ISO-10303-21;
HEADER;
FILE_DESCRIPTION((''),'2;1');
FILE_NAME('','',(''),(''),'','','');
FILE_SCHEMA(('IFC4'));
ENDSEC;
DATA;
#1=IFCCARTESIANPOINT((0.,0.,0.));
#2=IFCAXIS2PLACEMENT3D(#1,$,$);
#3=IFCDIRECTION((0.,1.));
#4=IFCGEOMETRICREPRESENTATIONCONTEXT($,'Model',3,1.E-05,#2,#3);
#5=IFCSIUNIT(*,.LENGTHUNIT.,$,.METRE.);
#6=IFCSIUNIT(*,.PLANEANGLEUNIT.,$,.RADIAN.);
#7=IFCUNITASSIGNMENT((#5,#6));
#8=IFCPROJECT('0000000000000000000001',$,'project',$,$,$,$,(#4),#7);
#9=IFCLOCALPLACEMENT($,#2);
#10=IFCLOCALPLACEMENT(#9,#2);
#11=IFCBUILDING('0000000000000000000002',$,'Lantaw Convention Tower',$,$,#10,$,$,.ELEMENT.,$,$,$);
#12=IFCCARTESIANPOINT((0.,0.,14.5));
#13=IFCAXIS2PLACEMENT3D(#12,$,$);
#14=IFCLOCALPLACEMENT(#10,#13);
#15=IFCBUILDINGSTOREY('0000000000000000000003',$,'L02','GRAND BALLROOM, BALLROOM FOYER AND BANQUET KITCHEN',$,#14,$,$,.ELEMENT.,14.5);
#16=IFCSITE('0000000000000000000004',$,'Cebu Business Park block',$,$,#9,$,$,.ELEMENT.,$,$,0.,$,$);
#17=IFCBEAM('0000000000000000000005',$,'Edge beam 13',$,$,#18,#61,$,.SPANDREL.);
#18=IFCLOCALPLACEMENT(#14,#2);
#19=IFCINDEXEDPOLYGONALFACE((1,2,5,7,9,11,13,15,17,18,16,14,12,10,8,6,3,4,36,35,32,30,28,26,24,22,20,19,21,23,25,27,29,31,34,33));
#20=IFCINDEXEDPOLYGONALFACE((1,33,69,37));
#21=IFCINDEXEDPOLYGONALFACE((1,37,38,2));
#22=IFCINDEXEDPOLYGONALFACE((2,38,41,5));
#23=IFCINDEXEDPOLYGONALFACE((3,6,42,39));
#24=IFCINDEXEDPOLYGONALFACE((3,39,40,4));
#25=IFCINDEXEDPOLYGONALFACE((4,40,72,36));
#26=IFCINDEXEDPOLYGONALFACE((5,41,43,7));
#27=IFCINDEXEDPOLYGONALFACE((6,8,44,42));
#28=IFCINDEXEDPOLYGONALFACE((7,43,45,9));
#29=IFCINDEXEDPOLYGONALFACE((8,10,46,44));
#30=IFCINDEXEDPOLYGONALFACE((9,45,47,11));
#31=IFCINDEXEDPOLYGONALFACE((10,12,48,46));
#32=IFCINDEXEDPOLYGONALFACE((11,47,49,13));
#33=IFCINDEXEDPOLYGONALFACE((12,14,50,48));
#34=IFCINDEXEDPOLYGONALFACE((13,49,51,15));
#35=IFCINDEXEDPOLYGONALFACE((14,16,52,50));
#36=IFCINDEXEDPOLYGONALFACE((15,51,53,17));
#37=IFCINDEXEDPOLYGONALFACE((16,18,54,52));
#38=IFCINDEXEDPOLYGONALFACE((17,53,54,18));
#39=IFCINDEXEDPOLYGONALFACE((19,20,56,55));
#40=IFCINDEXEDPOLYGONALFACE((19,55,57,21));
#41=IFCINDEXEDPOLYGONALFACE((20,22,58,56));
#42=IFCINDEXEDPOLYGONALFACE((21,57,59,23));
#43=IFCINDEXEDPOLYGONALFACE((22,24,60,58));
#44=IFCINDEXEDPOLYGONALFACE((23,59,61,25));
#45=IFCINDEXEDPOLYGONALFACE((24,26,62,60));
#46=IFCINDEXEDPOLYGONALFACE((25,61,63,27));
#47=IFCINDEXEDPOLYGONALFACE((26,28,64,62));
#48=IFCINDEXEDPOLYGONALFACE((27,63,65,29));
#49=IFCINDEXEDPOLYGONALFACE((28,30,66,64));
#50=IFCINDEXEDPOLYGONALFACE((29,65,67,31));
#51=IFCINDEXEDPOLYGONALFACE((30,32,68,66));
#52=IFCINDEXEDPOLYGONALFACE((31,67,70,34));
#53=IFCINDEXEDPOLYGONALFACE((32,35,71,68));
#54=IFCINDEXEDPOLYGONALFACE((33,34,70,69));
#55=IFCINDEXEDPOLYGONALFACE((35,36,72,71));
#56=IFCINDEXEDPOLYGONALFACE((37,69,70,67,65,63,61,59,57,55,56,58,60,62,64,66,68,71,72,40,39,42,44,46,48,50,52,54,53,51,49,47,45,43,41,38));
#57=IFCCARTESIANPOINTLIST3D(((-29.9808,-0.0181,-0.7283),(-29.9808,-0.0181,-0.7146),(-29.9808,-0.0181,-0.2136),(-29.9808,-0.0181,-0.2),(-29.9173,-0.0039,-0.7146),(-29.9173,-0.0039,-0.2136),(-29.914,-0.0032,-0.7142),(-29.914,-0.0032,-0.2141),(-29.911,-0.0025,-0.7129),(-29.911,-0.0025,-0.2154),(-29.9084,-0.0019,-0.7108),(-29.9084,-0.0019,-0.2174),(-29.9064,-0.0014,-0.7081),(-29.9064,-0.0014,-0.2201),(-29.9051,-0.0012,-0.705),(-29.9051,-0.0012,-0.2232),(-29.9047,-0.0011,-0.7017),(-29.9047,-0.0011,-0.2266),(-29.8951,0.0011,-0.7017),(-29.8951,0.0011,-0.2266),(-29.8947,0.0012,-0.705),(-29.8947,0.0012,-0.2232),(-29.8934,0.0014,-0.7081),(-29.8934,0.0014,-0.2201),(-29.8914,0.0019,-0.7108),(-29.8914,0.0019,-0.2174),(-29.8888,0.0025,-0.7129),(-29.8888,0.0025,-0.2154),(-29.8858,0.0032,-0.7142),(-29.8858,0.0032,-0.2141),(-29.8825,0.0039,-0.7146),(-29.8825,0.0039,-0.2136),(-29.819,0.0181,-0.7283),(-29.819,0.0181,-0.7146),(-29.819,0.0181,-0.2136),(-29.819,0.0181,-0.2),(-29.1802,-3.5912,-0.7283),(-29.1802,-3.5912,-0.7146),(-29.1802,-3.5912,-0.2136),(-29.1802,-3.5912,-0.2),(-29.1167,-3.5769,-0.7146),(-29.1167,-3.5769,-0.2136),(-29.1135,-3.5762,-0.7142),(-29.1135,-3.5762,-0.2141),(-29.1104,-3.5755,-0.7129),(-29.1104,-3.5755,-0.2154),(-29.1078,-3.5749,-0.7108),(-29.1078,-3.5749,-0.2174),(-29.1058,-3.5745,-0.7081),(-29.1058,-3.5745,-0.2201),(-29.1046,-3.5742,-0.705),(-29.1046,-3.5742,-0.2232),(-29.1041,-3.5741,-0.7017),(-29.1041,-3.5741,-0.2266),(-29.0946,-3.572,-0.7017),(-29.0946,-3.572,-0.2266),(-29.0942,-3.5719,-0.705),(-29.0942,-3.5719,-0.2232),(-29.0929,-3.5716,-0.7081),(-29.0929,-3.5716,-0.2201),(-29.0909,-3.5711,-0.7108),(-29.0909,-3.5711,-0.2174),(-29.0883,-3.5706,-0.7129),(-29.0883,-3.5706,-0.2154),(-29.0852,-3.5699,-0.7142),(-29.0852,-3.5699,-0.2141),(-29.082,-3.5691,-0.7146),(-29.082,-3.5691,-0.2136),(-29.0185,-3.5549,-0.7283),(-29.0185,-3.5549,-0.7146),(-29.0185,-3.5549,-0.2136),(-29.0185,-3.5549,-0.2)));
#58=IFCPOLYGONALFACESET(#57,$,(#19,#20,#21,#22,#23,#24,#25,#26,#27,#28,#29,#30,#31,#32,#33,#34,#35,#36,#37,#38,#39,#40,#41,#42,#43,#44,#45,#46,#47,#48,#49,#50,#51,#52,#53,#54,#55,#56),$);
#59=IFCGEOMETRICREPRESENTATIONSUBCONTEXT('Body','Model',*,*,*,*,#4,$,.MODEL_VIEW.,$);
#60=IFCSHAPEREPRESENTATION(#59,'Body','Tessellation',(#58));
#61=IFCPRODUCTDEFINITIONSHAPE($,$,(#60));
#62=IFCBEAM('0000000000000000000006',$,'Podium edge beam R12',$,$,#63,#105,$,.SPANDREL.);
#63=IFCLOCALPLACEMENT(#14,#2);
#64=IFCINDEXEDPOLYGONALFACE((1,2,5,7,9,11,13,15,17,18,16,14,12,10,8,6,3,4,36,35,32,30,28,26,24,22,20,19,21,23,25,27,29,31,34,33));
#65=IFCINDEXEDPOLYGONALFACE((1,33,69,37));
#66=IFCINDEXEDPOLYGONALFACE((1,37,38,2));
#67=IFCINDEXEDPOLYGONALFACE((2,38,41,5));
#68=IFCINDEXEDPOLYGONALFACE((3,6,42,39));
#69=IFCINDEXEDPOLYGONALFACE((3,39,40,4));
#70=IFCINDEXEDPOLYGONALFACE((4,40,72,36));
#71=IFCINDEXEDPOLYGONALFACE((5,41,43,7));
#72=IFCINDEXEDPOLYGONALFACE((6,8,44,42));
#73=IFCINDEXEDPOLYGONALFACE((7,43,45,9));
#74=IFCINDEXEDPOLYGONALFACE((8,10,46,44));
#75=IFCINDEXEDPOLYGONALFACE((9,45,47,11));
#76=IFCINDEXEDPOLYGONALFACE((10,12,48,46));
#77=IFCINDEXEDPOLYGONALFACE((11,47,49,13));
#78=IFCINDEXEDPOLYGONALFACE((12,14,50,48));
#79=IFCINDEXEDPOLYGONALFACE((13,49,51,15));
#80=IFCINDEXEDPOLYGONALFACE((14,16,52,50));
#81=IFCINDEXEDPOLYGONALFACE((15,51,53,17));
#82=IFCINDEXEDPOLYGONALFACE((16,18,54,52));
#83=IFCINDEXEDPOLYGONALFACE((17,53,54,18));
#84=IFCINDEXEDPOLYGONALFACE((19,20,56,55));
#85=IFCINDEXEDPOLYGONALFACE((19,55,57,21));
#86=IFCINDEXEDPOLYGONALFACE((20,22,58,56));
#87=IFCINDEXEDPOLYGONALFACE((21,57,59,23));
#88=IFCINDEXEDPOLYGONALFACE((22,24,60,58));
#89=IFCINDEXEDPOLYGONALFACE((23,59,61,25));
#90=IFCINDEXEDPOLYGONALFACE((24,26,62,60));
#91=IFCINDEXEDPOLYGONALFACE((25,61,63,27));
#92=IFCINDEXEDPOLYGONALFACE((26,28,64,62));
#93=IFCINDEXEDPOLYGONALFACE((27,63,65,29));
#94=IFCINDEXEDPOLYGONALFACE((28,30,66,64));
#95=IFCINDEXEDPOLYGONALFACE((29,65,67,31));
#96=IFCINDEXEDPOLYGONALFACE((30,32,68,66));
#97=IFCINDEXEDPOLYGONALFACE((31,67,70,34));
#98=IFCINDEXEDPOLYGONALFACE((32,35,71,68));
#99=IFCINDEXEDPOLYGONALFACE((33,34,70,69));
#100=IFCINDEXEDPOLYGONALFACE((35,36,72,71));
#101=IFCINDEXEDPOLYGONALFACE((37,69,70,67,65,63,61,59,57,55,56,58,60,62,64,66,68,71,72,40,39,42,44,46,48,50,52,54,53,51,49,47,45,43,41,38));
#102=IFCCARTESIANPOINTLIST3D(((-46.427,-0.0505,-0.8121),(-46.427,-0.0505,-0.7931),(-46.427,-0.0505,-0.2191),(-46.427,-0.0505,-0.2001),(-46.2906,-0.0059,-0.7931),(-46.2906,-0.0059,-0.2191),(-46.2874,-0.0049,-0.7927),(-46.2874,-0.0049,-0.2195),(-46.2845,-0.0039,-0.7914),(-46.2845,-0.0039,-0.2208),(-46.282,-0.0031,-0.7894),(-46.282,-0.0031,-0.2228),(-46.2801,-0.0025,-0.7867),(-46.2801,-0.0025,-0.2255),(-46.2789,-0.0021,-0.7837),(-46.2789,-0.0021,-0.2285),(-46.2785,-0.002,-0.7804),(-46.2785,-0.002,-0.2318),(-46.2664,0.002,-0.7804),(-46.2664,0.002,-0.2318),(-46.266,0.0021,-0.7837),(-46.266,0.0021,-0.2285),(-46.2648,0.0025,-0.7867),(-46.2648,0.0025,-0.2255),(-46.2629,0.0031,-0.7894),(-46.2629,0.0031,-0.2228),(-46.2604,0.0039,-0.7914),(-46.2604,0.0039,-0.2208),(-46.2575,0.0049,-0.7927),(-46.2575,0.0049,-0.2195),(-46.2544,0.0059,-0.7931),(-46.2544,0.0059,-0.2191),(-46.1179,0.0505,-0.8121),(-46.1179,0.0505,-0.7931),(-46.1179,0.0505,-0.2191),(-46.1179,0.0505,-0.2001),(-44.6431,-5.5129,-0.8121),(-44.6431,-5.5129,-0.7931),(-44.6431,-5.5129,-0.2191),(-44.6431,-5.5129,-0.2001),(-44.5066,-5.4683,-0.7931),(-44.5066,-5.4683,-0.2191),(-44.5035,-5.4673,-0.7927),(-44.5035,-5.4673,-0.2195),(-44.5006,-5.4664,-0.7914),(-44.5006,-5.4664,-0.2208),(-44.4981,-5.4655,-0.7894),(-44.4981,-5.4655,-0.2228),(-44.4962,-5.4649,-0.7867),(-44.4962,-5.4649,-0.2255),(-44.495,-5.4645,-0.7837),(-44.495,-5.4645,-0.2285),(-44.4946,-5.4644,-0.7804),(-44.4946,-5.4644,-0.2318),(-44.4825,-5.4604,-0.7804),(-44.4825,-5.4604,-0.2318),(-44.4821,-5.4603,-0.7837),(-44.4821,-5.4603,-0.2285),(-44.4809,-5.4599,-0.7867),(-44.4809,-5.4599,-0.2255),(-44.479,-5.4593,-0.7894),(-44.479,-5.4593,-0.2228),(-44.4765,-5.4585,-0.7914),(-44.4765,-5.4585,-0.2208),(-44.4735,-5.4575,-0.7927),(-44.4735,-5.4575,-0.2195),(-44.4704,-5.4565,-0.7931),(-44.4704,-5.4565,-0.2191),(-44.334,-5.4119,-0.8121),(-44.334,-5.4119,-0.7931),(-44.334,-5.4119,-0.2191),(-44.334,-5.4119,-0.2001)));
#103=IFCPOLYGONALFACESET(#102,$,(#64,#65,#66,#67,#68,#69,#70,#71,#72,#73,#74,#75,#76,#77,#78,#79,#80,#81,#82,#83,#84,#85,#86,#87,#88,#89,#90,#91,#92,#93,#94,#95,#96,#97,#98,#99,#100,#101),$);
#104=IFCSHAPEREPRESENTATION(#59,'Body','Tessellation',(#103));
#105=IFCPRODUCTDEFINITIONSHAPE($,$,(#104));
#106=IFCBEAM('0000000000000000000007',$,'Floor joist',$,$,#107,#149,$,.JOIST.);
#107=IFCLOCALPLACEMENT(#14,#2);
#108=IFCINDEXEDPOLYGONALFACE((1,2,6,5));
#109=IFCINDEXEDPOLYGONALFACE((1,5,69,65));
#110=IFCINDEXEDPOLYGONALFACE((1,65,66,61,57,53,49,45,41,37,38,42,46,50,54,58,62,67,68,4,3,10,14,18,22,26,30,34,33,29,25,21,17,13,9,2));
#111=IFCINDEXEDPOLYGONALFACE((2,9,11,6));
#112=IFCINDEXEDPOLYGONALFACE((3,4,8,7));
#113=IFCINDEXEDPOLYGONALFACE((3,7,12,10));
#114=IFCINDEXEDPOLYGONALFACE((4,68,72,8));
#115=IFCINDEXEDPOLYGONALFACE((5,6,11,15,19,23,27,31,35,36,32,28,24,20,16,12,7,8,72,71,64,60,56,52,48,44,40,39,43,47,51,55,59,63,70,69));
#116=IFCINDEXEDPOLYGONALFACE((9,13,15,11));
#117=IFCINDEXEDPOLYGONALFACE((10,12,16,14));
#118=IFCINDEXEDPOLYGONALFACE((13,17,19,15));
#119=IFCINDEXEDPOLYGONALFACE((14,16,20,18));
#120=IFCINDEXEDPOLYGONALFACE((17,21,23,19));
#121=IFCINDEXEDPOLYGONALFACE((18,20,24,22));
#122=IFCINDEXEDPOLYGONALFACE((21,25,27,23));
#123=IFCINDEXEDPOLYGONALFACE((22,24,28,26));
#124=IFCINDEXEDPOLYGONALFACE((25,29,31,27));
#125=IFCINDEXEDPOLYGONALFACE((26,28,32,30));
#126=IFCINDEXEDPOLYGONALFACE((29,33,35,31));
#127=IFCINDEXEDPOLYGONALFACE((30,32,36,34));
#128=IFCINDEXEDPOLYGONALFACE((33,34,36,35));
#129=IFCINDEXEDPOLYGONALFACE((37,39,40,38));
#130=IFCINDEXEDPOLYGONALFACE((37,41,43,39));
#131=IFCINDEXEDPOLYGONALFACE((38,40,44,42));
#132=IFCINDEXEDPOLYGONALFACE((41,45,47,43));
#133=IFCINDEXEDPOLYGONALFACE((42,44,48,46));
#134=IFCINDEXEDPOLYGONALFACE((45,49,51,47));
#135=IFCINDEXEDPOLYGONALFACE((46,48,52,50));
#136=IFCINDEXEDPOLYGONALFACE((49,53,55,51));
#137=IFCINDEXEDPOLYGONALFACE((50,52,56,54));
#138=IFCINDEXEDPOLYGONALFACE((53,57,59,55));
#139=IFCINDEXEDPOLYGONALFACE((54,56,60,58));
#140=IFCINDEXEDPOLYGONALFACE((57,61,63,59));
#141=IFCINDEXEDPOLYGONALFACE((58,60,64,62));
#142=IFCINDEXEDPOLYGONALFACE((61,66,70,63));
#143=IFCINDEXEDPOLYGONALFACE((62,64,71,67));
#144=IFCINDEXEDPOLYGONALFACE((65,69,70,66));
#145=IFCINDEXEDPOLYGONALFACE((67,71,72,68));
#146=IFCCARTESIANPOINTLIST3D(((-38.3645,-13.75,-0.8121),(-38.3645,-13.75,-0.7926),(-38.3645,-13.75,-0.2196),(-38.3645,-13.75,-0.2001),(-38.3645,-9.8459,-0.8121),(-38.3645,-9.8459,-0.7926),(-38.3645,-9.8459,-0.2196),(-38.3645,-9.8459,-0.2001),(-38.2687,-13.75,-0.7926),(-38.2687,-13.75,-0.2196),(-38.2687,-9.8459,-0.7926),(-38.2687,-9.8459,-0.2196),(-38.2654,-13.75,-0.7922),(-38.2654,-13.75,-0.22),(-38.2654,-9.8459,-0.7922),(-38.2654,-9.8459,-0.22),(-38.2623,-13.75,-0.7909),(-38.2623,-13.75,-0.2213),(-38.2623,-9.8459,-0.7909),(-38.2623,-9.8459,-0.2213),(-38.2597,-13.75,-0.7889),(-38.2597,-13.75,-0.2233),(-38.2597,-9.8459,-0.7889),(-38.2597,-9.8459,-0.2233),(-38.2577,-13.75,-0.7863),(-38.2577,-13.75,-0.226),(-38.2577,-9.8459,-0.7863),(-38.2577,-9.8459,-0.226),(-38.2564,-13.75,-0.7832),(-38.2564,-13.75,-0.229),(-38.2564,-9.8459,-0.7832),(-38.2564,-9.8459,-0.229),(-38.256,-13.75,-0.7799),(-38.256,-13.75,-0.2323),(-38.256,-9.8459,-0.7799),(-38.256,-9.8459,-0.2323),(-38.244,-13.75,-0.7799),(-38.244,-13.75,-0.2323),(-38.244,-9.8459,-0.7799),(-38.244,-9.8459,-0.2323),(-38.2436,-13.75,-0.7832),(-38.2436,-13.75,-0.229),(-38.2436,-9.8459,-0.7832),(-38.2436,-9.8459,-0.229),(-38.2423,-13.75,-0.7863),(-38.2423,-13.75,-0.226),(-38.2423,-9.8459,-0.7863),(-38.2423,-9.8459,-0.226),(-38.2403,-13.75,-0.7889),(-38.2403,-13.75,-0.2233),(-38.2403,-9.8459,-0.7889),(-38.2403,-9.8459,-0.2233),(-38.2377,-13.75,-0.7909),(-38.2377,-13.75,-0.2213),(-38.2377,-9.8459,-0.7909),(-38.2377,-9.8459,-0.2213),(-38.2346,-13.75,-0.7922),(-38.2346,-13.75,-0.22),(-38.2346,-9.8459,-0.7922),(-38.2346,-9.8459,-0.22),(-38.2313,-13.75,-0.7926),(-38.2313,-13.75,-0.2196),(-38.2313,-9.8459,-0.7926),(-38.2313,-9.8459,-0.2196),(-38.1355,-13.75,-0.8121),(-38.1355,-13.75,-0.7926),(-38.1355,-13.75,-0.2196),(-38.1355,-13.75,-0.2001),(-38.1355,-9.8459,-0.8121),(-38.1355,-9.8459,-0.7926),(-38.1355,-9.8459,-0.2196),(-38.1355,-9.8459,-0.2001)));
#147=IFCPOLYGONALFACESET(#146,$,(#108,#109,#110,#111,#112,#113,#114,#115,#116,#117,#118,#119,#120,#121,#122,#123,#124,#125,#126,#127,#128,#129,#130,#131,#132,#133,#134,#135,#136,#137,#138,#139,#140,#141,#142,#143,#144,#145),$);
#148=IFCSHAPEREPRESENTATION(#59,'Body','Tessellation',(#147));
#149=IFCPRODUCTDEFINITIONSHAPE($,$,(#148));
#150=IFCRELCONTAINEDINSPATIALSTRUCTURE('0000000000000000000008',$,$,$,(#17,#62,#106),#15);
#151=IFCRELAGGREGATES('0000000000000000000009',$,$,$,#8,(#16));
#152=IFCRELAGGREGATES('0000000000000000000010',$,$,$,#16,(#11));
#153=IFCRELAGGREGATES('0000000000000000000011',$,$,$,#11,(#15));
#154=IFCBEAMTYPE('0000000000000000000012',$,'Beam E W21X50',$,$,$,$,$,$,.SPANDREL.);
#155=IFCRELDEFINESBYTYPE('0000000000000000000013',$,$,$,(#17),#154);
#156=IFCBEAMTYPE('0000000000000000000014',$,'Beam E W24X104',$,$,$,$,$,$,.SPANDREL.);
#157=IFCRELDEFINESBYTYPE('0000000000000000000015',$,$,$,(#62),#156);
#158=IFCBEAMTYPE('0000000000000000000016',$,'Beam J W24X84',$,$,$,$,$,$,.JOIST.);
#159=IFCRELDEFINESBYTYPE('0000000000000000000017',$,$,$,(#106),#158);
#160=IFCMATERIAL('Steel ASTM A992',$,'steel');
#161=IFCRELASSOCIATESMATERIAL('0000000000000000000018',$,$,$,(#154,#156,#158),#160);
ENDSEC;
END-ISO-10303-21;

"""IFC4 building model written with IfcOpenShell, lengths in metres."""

from ifc_helpers import new_model, si_unit, direction, frame, origin, origin_2d, place, context, subcontext, project, spatial, i_section, extrude, material, material_profile, profile_set, type_object, element, save


model = new_model("IFC4")

# Units and contexts
model_context = context("Model", 3, precision=1e-05, world=origin(), true_north=direction((0.0, 1.0)))
body_context = subcontext(model_context, "Body", "Model", "MODEL_VIEW")
ifc_project = project(units=[si_unit("LENGTHUNIT", "METRE"), si_unit("PLANEANGLEUNIT", "RADIAN")], contexts=[model_context])

# Site, building, storey
site_placement = place(None, origin())
site = spatial("IfcSite", under=ifc_project, at=site_placement, Name="Cebu Business Park block", CompositionType="ELEMENT", RefElevation=0.0)
building_placement = place(site_placement, origin())
building = spatial("IfcBuilding", under=site, at=building_placement, Name="Lantaw Convention Tower", CompositionType="ELEMENT")
storey_placement = place(building_placement, frame((0.0, 0.0, 14.5)))
storey = spatial("IfcBuildingStorey", under=building, at=storey_placement, Name="L02", Description="GRAND BALLROOM, BALLROOM FOYER AND BANQUET KITCHEN", CompositionType="ELEMENT", Elevation=14.5)

# Beams
ifc_material_1 = material(Name="Steel ASTM A992", Category="steel")
ifc_material_profile_1 = material_profile(ifc_material_1, i_section(OverallWidth=0.1658, OverallDepth=0.5283, WebThickness=0.0098, FlangeThickness=0.0137, FilletRadius=0.0129, at=origin_2d()), Name="W21X50")
ifc_profile_set_1 = profile_set([ifc_material_profile_1], Name="Steel ASTM A992")
beam_type_1 = type_object("IfcBeamType", Name="Beam E W21X50", PredefinedType="SPANDREL", material=ifc_profile_set_1)
beam_1_placement = place(storey_placement, frame((-29.8999, 0.0, -0.4641), z_axis=(0.218632, -0.975807, 0.0), x_axis=(0.975807, 0.218632, 0.0)))
element("IfcBeam", 1, at=beam_1_placement, inside=storey, type_object=beam_type_1, Name="Edge beam 13", PredefinedType="SPANDREL", context=body_context, shape_type="SweptSolid", body=[
    extrude(i_section(OverallWidth=0.1658, OverallDepth=0.5283, WebThickness=0.0098, FlangeThickness=0.0137, FilletRadius=0.0129, at=origin_2d()), origin(), (0.0, 0.0, 1.0), 3.6616),
])
ifc_material_profile_2 = material_profile(ifc_material_1, i_section(OverallWidth=0.3252, OverallDepth=0.6121, WebThickness=0.0127, FlangeThickness=0.019, FilletRadius=0.0127, at=origin_2d()), Name="W24X104")
ifc_profile_set_2 = profile_set([ifc_material_profile_2], Name="Steel ASTM A992")
beam_type_2 = type_object("IfcBeamType", Name="Beam E W24X104", PredefinedType="SPANDREL", material=ifc_profile_set_2)
beam_2_placement = place(storey_placement, frame((-46.2725, 0.0, -0.5061), z_axis=(0.310448, -0.95059, 0.0), x_axis=(0.95059, 0.310448, 0.0)))
element("IfcBeam", 2, at=beam_2_placement, inside=storey, type_object=beam_type_2, Name="Podium edge beam R12", PredefinedType="SPANDREL", context=body_context, shape_type="SweptSolid", body=[
    extrude(i_section(OverallWidth=0.3252, OverallDepth=0.6121, WebThickness=0.0127, FlangeThickness=0.019, FilletRadius=0.0127, at=origin_2d()), origin(), (0.0, 0.0, 1.0), 5.7463),
])
ifc_material_profile_3 = material_profile(ifc_material_1, i_section(OverallWidth=0.229, OverallDepth=0.6121, WebThickness=0.012, FlangeThickness=0.0195, FilletRadius=0.0127, at=origin_2d()), Name="W24X84")
ifc_profile_set_3 = profile_set([ifc_material_profile_3], Name="Steel ASTM A992")
beam_type_3 = type_object("IfcBeamType", Name="Beam J W24X84", PredefinedType="JOIST", material=ifc_profile_set_3)
beam_3_placement = place(storey_placement, frame((-38.25, -13.75, -0.5061), z_axis=(0.0, 1.0, 0.0), x_axis=(-1.0, 0.0, 0.0)))
element("IfcBeam", 3, at=beam_3_placement, inside=storey, type_object=beam_type_3, Name="Floor joist", PredefinedType="JOIST", context=body_context, shape_type="SweptSolid", body=[
    extrude(i_section(OverallWidth=0.229, OverallDepth=0.6121, WebThickness=0.012, FlangeThickness=0.0195, FilletRadius=0.0127, at=origin_2d()), origin(), (0.0, 0.0, 1.0), 3.9041),
])

save(model, "model.ifc")
